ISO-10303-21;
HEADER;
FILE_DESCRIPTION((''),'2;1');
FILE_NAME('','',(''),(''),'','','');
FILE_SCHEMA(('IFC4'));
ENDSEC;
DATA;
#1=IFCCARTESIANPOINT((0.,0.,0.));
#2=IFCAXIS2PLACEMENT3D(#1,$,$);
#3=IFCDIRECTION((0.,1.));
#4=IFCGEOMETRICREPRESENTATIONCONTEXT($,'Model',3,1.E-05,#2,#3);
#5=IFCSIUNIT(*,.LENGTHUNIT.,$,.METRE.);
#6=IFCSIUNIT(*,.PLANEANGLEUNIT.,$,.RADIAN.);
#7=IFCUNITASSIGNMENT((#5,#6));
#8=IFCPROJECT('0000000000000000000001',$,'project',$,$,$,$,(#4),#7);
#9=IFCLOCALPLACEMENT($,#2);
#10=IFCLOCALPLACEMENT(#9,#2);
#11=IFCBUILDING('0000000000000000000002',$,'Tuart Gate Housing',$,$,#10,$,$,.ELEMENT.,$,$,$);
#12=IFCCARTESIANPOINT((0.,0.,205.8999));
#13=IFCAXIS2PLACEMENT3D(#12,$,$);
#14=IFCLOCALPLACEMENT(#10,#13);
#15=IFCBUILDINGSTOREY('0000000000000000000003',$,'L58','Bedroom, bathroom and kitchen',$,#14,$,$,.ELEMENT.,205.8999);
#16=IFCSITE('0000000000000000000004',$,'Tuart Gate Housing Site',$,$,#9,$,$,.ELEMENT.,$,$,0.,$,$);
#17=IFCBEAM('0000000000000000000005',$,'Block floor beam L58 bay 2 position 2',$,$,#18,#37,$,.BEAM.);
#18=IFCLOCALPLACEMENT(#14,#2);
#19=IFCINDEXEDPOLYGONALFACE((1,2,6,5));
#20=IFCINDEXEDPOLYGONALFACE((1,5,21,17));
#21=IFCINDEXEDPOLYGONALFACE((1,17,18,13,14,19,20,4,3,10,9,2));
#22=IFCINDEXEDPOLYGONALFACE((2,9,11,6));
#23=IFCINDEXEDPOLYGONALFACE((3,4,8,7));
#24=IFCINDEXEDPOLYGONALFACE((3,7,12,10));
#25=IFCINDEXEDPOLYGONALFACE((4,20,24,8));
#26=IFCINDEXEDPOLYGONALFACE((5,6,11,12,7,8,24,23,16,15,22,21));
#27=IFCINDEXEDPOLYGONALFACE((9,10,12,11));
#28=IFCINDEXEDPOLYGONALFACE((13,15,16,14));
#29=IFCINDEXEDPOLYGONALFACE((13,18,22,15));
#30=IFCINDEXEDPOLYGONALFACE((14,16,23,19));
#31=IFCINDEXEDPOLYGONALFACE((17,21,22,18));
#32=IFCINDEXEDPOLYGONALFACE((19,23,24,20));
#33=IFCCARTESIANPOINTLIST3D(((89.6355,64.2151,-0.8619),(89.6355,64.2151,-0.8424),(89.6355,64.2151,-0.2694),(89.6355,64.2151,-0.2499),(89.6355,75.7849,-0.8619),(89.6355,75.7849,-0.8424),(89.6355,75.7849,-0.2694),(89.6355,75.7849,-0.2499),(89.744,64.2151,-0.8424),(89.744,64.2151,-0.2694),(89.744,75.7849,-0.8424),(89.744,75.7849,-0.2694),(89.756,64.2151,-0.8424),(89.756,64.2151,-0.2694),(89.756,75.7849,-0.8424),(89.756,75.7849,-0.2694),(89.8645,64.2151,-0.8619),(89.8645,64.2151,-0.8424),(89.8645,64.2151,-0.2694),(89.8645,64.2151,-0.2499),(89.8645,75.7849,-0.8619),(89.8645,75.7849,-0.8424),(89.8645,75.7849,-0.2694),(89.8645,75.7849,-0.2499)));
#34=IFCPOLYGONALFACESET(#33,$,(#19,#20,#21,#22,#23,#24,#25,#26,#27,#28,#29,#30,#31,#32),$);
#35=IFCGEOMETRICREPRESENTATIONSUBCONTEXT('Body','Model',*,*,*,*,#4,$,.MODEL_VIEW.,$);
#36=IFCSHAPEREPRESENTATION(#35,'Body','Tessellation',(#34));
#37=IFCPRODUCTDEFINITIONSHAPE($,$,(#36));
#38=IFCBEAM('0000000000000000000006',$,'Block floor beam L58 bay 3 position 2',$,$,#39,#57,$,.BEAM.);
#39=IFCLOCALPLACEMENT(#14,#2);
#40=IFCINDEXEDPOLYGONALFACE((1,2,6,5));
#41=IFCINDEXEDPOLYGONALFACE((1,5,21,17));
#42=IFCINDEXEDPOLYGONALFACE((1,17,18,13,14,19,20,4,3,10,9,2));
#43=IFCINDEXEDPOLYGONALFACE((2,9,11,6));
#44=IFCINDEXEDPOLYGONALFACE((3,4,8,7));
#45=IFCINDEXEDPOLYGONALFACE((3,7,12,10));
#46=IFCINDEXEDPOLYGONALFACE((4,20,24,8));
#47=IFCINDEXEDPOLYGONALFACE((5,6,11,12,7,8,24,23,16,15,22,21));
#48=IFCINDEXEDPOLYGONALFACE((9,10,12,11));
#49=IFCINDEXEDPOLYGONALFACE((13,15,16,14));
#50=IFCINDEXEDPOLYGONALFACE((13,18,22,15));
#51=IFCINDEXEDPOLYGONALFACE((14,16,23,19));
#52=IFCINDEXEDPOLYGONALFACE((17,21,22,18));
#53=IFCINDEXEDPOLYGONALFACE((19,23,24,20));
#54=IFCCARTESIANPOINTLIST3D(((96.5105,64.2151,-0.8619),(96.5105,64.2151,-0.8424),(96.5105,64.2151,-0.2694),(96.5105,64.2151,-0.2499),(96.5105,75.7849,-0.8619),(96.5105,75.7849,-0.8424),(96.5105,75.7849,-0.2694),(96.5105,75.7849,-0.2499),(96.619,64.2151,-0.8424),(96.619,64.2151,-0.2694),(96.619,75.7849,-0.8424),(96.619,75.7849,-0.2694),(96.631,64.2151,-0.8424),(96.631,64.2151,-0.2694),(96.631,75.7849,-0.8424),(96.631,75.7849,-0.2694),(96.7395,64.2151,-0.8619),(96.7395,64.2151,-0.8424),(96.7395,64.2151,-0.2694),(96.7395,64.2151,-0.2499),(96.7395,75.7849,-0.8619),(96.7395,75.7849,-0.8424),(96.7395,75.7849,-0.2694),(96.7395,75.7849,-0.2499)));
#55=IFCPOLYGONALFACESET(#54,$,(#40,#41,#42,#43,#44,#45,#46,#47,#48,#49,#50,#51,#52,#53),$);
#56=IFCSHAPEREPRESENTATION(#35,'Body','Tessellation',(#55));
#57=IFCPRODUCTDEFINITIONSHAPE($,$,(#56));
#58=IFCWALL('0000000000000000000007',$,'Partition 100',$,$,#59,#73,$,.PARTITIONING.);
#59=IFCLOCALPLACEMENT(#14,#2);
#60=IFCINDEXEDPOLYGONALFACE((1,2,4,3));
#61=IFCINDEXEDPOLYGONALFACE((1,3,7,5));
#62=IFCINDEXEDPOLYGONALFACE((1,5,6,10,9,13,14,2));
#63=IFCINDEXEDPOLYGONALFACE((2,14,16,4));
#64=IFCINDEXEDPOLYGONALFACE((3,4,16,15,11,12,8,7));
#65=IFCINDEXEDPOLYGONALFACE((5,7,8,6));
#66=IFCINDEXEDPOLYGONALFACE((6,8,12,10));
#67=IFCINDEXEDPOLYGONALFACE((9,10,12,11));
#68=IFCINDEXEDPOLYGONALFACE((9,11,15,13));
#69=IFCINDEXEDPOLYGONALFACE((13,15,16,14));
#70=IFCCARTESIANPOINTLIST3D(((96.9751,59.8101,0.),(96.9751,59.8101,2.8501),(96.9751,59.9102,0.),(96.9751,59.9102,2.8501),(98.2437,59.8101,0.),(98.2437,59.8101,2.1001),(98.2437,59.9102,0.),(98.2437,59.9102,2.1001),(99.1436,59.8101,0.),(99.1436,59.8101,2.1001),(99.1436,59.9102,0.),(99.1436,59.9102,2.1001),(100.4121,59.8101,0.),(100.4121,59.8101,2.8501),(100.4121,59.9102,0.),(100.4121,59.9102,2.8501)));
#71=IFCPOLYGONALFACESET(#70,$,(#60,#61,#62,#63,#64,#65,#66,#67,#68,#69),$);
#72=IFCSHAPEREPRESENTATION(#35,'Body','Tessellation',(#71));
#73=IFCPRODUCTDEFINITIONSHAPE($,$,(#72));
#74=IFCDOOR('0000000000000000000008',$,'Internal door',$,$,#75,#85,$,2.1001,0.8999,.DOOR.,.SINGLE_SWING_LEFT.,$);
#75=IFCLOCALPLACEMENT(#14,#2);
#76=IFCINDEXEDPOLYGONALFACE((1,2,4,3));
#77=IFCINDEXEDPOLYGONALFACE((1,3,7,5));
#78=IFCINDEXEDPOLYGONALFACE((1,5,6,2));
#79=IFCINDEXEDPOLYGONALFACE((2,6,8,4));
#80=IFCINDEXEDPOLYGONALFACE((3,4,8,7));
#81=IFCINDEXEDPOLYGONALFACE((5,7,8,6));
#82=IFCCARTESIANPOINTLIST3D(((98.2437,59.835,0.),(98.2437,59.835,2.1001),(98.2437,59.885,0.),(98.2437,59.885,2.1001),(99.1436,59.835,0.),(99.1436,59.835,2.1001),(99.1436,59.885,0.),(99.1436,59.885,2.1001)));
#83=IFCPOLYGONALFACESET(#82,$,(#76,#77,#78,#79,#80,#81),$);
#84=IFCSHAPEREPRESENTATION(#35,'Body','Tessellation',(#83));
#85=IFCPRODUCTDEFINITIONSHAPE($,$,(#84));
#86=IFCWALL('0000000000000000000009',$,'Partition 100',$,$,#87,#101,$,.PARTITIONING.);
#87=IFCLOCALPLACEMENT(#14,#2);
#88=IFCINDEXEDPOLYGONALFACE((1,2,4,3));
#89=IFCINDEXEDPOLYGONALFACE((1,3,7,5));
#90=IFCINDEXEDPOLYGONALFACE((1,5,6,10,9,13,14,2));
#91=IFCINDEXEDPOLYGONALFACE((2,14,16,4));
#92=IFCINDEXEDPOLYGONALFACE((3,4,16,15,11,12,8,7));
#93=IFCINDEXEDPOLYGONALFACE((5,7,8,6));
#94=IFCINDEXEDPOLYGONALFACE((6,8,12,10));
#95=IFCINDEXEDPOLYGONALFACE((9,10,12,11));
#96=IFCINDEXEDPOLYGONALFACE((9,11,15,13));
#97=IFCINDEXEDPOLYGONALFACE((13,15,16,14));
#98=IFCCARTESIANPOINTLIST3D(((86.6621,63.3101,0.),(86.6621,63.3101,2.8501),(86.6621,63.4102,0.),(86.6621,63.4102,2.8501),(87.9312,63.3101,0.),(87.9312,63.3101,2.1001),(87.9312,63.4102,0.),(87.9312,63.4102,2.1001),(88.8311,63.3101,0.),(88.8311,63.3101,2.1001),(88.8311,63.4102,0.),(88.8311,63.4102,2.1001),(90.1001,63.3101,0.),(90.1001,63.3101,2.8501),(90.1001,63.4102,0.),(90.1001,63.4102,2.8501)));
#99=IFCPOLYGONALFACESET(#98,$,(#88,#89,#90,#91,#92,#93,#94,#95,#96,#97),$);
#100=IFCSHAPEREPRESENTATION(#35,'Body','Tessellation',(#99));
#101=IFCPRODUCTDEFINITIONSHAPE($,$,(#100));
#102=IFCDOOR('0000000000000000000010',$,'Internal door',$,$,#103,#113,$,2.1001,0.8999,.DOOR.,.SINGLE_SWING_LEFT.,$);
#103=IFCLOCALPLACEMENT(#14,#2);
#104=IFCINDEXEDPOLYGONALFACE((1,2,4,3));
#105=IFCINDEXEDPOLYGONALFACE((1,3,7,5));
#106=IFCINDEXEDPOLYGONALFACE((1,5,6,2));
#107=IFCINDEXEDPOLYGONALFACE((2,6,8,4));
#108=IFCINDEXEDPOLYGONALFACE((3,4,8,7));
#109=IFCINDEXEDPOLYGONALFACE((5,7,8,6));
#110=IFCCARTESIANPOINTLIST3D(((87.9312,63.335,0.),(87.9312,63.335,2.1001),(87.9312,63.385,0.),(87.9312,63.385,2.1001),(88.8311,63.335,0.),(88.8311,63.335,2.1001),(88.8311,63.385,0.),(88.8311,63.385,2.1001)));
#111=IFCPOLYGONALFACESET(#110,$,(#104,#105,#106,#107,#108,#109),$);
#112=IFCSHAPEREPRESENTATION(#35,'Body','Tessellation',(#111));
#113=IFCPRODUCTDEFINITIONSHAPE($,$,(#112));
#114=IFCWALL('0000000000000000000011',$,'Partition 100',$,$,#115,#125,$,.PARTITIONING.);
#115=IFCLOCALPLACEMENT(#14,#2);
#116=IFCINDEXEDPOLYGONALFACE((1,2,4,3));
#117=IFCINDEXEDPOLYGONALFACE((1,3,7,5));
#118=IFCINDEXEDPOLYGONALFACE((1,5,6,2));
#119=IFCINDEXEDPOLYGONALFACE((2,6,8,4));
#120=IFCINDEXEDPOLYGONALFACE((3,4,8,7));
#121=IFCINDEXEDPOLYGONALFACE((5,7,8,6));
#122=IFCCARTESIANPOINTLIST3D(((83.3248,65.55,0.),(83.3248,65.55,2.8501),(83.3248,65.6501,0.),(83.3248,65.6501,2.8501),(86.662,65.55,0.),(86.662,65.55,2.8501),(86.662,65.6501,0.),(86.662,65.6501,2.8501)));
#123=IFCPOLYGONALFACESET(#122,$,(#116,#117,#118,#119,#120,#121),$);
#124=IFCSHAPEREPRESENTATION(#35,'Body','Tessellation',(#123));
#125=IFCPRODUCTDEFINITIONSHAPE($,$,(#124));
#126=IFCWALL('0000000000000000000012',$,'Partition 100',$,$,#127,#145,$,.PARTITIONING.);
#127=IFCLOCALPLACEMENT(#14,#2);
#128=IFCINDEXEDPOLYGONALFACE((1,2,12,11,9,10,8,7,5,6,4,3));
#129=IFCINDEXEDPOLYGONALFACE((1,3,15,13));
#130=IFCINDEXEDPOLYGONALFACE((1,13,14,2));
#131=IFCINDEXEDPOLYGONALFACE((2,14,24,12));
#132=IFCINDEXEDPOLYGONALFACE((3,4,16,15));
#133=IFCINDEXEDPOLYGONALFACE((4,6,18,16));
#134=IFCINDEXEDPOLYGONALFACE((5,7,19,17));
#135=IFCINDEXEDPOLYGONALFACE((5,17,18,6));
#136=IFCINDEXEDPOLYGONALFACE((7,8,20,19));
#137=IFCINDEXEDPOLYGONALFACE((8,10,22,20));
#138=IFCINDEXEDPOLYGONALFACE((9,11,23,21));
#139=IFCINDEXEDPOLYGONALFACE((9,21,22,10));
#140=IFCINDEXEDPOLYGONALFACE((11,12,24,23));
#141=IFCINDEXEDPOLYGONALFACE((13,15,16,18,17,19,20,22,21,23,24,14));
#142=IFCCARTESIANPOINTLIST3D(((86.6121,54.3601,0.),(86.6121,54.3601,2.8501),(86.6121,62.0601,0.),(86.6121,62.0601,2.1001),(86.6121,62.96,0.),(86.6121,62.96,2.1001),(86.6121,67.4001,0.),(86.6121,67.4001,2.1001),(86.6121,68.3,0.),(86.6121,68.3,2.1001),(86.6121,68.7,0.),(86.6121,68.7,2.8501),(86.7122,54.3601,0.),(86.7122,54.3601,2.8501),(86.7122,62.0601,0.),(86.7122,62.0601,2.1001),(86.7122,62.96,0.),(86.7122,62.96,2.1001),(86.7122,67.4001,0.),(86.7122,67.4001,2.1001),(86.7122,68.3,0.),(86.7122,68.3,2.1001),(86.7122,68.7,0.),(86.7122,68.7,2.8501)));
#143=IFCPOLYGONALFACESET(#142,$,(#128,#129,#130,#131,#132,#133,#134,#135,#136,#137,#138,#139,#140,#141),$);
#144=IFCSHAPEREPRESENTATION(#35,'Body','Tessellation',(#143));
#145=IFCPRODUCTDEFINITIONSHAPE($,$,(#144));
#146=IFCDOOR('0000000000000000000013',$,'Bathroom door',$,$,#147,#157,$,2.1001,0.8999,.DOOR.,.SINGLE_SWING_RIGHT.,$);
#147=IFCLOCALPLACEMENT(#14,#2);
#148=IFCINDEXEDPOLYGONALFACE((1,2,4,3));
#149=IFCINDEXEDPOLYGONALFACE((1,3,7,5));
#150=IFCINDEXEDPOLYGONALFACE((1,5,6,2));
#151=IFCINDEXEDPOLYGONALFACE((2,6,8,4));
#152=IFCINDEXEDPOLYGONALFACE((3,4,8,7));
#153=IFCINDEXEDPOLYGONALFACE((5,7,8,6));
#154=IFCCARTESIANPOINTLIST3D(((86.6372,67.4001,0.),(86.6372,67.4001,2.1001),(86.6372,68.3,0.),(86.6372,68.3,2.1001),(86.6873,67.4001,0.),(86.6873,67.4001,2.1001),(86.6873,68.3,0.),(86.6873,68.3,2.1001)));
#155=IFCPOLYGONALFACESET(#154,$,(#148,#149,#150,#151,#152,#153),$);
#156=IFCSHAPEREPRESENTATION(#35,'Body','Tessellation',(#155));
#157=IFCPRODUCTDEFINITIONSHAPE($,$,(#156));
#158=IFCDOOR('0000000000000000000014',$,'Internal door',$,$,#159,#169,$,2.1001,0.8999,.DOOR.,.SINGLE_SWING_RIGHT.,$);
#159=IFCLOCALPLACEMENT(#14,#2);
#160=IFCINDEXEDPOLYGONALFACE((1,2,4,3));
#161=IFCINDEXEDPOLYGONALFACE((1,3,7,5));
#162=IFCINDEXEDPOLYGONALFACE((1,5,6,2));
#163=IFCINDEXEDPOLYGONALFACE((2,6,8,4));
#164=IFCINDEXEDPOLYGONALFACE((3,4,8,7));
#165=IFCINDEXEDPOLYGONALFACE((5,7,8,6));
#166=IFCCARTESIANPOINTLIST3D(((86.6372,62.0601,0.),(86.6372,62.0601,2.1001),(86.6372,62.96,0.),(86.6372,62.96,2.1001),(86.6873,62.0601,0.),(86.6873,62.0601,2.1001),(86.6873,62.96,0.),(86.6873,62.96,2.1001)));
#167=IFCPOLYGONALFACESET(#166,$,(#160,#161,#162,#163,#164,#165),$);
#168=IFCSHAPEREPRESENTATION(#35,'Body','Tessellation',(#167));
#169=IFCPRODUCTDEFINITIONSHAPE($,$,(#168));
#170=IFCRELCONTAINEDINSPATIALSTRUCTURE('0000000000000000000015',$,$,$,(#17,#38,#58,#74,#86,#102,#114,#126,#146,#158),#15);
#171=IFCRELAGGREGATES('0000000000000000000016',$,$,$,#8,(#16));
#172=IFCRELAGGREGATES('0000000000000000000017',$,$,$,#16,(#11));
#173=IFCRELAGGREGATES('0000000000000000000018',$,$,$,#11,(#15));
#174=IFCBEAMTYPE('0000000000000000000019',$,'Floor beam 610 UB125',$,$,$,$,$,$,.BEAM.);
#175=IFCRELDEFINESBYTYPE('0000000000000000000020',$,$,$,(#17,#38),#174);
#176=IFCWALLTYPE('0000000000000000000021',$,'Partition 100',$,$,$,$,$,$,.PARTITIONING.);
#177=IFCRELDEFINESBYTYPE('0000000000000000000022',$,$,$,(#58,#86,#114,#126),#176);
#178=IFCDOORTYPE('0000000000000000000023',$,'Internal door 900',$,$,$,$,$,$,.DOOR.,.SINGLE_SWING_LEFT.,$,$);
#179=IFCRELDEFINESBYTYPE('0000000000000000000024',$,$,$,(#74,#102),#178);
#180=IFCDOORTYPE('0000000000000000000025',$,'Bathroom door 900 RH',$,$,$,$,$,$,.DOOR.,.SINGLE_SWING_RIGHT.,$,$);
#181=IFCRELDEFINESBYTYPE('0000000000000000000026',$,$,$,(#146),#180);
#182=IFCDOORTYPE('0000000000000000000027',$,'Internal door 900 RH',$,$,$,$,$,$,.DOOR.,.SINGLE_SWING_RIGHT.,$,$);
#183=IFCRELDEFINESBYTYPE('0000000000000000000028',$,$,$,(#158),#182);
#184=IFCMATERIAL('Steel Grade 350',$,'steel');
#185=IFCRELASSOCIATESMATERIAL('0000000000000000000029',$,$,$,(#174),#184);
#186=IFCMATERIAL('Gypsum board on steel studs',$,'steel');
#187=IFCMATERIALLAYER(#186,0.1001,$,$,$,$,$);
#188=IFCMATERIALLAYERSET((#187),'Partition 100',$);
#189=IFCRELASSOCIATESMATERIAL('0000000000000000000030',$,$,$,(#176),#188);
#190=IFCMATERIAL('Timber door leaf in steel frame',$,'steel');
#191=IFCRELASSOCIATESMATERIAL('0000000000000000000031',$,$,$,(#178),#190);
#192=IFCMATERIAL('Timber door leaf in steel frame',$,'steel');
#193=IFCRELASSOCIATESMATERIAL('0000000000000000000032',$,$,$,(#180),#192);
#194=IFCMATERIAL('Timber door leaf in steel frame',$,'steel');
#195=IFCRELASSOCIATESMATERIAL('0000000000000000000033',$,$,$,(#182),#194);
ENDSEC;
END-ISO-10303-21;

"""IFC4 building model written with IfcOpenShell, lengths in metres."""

from ifc_helpers import new_model, si_unit, direction, frame, frame_2d, origin, origin_2d, place, context, subcontext, project, spatial, rectangle, i_section, extrude, material, layer, layer_set, material_profile, profile_set, type_object, element, fill, save


model = new_model("IFC4")

# Units and contexts
model_context = context("Model", 3, precision=1e-05, world=origin(), true_north=direction((0.0, 1.0)))
body_context = subcontext(model_context, "Body", "Model", "MODEL_VIEW")
ifc_project = project(units=[si_unit("LENGTHUNIT", "METRE"), si_unit("PLANEANGLEUNIT", "RADIAN")], contexts=[model_context])

# Site, building, storey
site_placement = place(None, origin())
site = spatial("IfcSite", under=ifc_project, at=site_placement, Name="Tuart Gate Housing Site", CompositionType="ELEMENT", RefElevation=0.0)
building_placement = place(site_placement, origin())
building = spatial("IfcBuilding", under=site, at=building_placement, Name="Tuart Gate Housing", CompositionType="ELEMENT")
storey_placement = place(building_placement, frame((0.0, 0.0, 205.8999)))
storey = spatial("IfcBuildingStorey", under=building, at=storey_placement, Name="L58", Description="Bedroom, bathroom and kitchen", CompositionType="ELEMENT", Elevation=205.8999)

# Beams
ifc_material_1 = material(Name="Steel Grade 350", Category="steel")
ifc_material_profile_1 = material_profile(ifc_material_1, i_section(OverallWidth=0.229, OverallDepth=0.6121, WebThickness=0.012, FlangeThickness=0.0195, at=origin_2d()), Name="610UB125")
ifc_profile_set_1 = profile_set([ifc_material_profile_1], Name="Steel Grade 350")
beam_type_1 = type_object("IfcBeamType", Name="Floor beam 610 UB125", PredefinedType="BEAM", material=ifc_profile_set_1)
for number, where, z_axis, x_axis, name in (
    (1, (89.75, 64.2151, -0.5559), (0.0, 1.0, 0.0), (-1.0, 0.0, 0.0), "Block floor beam L58 bay 2 position 2"),
    (2, (96.625, 64.2151, -0.5559), (0.0, 1.0, 0.0), (-1.0, 0.0, 0.0), "Block floor beam L58 bay 3 position 2"),
):
    element("IfcBeam", number, at=place(storey_placement, frame(where, z_axis=z_axis, x_axis=x_axis)), inside=storey, type_object=beam_type_1, Name=name, PredefinedType="BEAM", context=body_context, shape_type="SweptSolid", body=[
        extrude(i_section(OverallWidth=0.229, OverallDepth=0.6121, WebThickness=0.012, FlangeThickness=0.0195, at=origin_2d()), origin(), (0.0, 0.0, 1.0), 11.5698),
    ])

# Walls, openings, doors
ifc_material_2 = material(Name="Gypsum board on steel studs", Category="steel")
ifc_layer_1 = layer(ifc_material_2, 0.1001)
ifc_layer_set_1 = layer_set([ifc_layer_1], Name="Partition 100")
wall_type_1 = type_object("IfcWallType", Name="Partition 100", PredefinedType="PARTITIONING", material=ifc_layer_set_1)
wall_1_placement = place(storey_placement, frame((96.9751, 59.8601, 0.0), z_axis=(0.0, 0.0, 1.0), x_axis=(1.0, 0.0, 0.0)))
wall_1 = element("IfcWall", 3, at=wall_1_placement, inside=storey, type_object=wall_type_1, Name="Partition 100", PredefinedType="PARTITIONING", context=body_context, shape_type="SweptSolid", body=[
    extrude(rectangle(XDim=3.437, YDim=0.1001, at=frame_2d((1.7185, 0.0))), origin(), (0.0, 0.0, 1.0), 2.8501),
])
opening_1_placement = place(wall_1_placement, frame((1.2686, 0.0, 0.0)))
opening_1 = element("IfcOpeningElement", 4, at=opening_1_placement, cuts=wall_1, PredefinedType="OPENING", context=body_context, shape_type="SweptSolid", body=[
    extrude(rectangle(XDim=0.8999, YDim=2.1001, at=frame_2d((0.45, 1.05))), frame((0.0, 0.0601, 0.0), z_axis=(0.0, -1.0, 0.0), x_axis=(1.0, 0.0, 0.0)), (0.0, 0.0, 1.0), 0.1201),
])
ifc_material_3 = material(Name="Timber door leaf in steel frame", Category="steel")
door_type_1 = type_object("IfcDoorType", Name="Internal door 900", OperationType="SINGLE_SWING_LEFT", PredefinedType="DOOR", material=ifc_material_3)
door_1_placement = place(opening_1_placement, origin())
door_1 = element("IfcDoor", 5, at=door_1_placement, inside=storey, type_object=door_type_1, Name="Internal door", OperationType="SINGLE_SWING_LEFT", OverallHeight=2.1001, OverallWidth=0.8999, PredefinedType="DOOR", context=body_context, shape_type="SweptSolid", body=[
    extrude(rectangle(XDim=0.8999, YDim=2.1001, at=frame_2d((0.45, 1.05))), frame((0.0, 0.0249, 0.0), z_axis=(0.0, -1.0, 0.0), x_axis=(1.0, 0.0, 0.0)), (0.0, 0.0, 1.0), 0.05),
])
fill(opening_1, door_1)
wall_2_placement = place(storey_placement, frame((86.6621, 63.3601, 0.0), z_axis=(0.0, 0.0, 1.0), x_axis=(1.0, 0.0, 0.0)))
wall_2 = element("IfcWall", 6, at=wall_2_placement, inside=storey, type_object=wall_type_1, Name="Partition 100", PredefinedType="PARTITIONING", context=body_context, shape_type="SweptSolid", body=[
    extrude(rectangle(XDim=3.438, YDim=0.1001, at=frame_2d((1.719, 0.0))), origin(), (0.0, 0.0, 1.0), 2.8501),
])
opening_2_placement = place(wall_2_placement, frame((1.269, 0.0, 0.0)))
opening_2 = element("IfcOpeningElement", 7, at=opening_2_placement, cuts=wall_2, PredefinedType="OPENING", context=body_context, shape_type="SweptSolid", body=[
    extrude(rectangle(XDim=0.8999, YDim=2.1001, at=frame_2d((0.45, 1.05))), frame((0.0, 0.0601, 0.0), z_axis=(0.0, -1.0, 0.0), x_axis=(1.0, 0.0, 0.0)), (0.0, 0.0, 1.0), 0.1201),
])
door_2_placement = place(opening_2_placement, origin())
door_2 = element("IfcDoor", 8, at=door_2_placement, inside=storey, type_object=door_type_1, Name="Internal door", OperationType="SINGLE_SWING_LEFT", OverallHeight=2.1001, OverallWidth=0.8999, PredefinedType="DOOR", context=body_context, shape_type="SweptSolid", body=[
    extrude(rectangle(XDim=0.8999, YDim=2.1001, at=frame_2d((0.45, 1.05))), frame((0.0, 0.0249, 0.0), z_axis=(0.0, -1.0, 0.0), x_axis=(1.0, 0.0, 0.0)), (0.0, 0.0, 1.0), 0.05),
])
fill(opening_2, door_2)

# Wall
wall_3_placement = place(storey_placement, frame((83.325, 65.6001, 0.0), z_axis=(0.0, 0.0, 1.0), x_axis=(1.0, 0.0, 0.0)))
element("IfcWall", 9, at=wall_3_placement, inside=storey, type_object=wall_type_1, Name="Partition 100", PredefinedType="PARTITIONING", context=body_context, shape_type="SweptSolid", body=[
    extrude(rectangle(XDim=3.3372, YDim=0.1001, at=frame_2d((1.6685, 0.0))), origin(), (0.0, 0.0, 1.0), 2.8501),
])

# Wall, openings, doors
wall_4_placement = place(storey_placement, frame((86.6621, 54.3601, 0.0), z_axis=(0.0, 0.0, 1.0), x_axis=(0.0, 1.0, 0.0)))
wall_4 = element("IfcWall", 10, at=wall_4_placement, inside=storey, type_object=wall_type_1, Name="Partition 100", PredefinedType="PARTITIONING", context=body_context, shape_type="SweptSolid", body=[
    extrude(rectangle(XDim=14.3398, YDim=0.1001, at=frame_2d((7.1699, 0.0))), origin(), (0.0, 0.0, 1.0), 2.8501),
])
opening_3_placement = place(wall_4_placement, frame((7.7, 0.0, 0.0)))
opening_3 = element("IfcOpeningElement", 11, at=opening_3_placement, cuts=wall_4, PredefinedType="OPENING", context=body_context, shape_type="SweptSolid", body=[
    extrude(rectangle(XDim=0.8999, YDim=2.1001, at=frame_2d((0.45, 1.05))), frame((0.0, 0.0601, 0.0), z_axis=(0.0, -1.0, 0.0), x_axis=(1.0, 0.0, 0.0)), (0.0, 0.0, 1.0), 0.1201),
])
opening_4_placement = place(wall_4_placement, frame((13.04, 0.0, 0.0)))
opening_4 = element("IfcOpeningElement", 12, at=opening_4_placement, cuts=wall_4, PredefinedType="OPENING", context=body_context, shape_type="SweptSolid", body=[
    extrude(rectangle(XDim=0.8999, YDim=2.1001, at=frame_2d((0.45, 1.05))), frame((0.0, 0.0601, 0.0), z_axis=(0.0, -1.0, 0.0), x_axis=(1.0, 0.0, 0.0)), (0.0, 0.0, 1.0), 0.1201),
])
ifc_material_4 = material(Name="Timber door leaf in steel frame", Category="steel")
door_type_2 = type_object("IfcDoorType", Name="Bathroom door 900 RH", OperationType="SINGLE_SWING_RIGHT", PredefinedType="DOOR", material=ifc_material_4)
door_3_placement = place(opening_4_placement, origin())
door_3 = element("IfcDoor", 13, at=door_3_placement, inside=storey, type_object=door_type_2, Name="Bathroom door", OperationType="SINGLE_SWING_RIGHT", OverallHeight=2.1001, OverallWidth=0.8999, PredefinedType="DOOR", context=body_context, shape_type="SweptSolid", body=[
    extrude(rectangle(XDim=0.8999, YDim=2.1001, at=frame_2d((0.45, 1.05))), frame((0.0, 0.0249, 0.0), z_axis=(0.0, -1.0, 0.0), x_axis=(1.0, 0.0, 0.0)), (0.0, 0.0, 1.0), 0.05),
])
fill(opening_4, door_3)
ifc_material_5 = material(Name="Timber door leaf in steel frame", Category="steel")
door_type_3 = type_object("IfcDoorType", Name="Internal door 900 RH", OperationType="SINGLE_SWING_RIGHT", PredefinedType="DOOR", material=ifc_material_5)
door_4_placement = place(opening_3_placement, origin())
door_4 = element("IfcDoor", 14, at=door_4_placement, inside=storey, type_object=door_type_3, Name="Internal door", OperationType="SINGLE_SWING_RIGHT", OverallHeight=2.1001, OverallWidth=0.8999, PredefinedType="DOOR", context=body_context, shape_type="SweptSolid", body=[
    extrude(rectangle(XDim=0.8999, YDim=2.1001, at=frame_2d((0.45, 1.05))), frame((0.0, 0.0249, 0.0), z_axis=(0.0, -1.0, 0.0), x_axis=(1.0, 0.0, 0.0)), (0.0, 0.0, 1.0), 0.05),
])
fill(opening_3, door_4)

save(model, "model.ifc")
